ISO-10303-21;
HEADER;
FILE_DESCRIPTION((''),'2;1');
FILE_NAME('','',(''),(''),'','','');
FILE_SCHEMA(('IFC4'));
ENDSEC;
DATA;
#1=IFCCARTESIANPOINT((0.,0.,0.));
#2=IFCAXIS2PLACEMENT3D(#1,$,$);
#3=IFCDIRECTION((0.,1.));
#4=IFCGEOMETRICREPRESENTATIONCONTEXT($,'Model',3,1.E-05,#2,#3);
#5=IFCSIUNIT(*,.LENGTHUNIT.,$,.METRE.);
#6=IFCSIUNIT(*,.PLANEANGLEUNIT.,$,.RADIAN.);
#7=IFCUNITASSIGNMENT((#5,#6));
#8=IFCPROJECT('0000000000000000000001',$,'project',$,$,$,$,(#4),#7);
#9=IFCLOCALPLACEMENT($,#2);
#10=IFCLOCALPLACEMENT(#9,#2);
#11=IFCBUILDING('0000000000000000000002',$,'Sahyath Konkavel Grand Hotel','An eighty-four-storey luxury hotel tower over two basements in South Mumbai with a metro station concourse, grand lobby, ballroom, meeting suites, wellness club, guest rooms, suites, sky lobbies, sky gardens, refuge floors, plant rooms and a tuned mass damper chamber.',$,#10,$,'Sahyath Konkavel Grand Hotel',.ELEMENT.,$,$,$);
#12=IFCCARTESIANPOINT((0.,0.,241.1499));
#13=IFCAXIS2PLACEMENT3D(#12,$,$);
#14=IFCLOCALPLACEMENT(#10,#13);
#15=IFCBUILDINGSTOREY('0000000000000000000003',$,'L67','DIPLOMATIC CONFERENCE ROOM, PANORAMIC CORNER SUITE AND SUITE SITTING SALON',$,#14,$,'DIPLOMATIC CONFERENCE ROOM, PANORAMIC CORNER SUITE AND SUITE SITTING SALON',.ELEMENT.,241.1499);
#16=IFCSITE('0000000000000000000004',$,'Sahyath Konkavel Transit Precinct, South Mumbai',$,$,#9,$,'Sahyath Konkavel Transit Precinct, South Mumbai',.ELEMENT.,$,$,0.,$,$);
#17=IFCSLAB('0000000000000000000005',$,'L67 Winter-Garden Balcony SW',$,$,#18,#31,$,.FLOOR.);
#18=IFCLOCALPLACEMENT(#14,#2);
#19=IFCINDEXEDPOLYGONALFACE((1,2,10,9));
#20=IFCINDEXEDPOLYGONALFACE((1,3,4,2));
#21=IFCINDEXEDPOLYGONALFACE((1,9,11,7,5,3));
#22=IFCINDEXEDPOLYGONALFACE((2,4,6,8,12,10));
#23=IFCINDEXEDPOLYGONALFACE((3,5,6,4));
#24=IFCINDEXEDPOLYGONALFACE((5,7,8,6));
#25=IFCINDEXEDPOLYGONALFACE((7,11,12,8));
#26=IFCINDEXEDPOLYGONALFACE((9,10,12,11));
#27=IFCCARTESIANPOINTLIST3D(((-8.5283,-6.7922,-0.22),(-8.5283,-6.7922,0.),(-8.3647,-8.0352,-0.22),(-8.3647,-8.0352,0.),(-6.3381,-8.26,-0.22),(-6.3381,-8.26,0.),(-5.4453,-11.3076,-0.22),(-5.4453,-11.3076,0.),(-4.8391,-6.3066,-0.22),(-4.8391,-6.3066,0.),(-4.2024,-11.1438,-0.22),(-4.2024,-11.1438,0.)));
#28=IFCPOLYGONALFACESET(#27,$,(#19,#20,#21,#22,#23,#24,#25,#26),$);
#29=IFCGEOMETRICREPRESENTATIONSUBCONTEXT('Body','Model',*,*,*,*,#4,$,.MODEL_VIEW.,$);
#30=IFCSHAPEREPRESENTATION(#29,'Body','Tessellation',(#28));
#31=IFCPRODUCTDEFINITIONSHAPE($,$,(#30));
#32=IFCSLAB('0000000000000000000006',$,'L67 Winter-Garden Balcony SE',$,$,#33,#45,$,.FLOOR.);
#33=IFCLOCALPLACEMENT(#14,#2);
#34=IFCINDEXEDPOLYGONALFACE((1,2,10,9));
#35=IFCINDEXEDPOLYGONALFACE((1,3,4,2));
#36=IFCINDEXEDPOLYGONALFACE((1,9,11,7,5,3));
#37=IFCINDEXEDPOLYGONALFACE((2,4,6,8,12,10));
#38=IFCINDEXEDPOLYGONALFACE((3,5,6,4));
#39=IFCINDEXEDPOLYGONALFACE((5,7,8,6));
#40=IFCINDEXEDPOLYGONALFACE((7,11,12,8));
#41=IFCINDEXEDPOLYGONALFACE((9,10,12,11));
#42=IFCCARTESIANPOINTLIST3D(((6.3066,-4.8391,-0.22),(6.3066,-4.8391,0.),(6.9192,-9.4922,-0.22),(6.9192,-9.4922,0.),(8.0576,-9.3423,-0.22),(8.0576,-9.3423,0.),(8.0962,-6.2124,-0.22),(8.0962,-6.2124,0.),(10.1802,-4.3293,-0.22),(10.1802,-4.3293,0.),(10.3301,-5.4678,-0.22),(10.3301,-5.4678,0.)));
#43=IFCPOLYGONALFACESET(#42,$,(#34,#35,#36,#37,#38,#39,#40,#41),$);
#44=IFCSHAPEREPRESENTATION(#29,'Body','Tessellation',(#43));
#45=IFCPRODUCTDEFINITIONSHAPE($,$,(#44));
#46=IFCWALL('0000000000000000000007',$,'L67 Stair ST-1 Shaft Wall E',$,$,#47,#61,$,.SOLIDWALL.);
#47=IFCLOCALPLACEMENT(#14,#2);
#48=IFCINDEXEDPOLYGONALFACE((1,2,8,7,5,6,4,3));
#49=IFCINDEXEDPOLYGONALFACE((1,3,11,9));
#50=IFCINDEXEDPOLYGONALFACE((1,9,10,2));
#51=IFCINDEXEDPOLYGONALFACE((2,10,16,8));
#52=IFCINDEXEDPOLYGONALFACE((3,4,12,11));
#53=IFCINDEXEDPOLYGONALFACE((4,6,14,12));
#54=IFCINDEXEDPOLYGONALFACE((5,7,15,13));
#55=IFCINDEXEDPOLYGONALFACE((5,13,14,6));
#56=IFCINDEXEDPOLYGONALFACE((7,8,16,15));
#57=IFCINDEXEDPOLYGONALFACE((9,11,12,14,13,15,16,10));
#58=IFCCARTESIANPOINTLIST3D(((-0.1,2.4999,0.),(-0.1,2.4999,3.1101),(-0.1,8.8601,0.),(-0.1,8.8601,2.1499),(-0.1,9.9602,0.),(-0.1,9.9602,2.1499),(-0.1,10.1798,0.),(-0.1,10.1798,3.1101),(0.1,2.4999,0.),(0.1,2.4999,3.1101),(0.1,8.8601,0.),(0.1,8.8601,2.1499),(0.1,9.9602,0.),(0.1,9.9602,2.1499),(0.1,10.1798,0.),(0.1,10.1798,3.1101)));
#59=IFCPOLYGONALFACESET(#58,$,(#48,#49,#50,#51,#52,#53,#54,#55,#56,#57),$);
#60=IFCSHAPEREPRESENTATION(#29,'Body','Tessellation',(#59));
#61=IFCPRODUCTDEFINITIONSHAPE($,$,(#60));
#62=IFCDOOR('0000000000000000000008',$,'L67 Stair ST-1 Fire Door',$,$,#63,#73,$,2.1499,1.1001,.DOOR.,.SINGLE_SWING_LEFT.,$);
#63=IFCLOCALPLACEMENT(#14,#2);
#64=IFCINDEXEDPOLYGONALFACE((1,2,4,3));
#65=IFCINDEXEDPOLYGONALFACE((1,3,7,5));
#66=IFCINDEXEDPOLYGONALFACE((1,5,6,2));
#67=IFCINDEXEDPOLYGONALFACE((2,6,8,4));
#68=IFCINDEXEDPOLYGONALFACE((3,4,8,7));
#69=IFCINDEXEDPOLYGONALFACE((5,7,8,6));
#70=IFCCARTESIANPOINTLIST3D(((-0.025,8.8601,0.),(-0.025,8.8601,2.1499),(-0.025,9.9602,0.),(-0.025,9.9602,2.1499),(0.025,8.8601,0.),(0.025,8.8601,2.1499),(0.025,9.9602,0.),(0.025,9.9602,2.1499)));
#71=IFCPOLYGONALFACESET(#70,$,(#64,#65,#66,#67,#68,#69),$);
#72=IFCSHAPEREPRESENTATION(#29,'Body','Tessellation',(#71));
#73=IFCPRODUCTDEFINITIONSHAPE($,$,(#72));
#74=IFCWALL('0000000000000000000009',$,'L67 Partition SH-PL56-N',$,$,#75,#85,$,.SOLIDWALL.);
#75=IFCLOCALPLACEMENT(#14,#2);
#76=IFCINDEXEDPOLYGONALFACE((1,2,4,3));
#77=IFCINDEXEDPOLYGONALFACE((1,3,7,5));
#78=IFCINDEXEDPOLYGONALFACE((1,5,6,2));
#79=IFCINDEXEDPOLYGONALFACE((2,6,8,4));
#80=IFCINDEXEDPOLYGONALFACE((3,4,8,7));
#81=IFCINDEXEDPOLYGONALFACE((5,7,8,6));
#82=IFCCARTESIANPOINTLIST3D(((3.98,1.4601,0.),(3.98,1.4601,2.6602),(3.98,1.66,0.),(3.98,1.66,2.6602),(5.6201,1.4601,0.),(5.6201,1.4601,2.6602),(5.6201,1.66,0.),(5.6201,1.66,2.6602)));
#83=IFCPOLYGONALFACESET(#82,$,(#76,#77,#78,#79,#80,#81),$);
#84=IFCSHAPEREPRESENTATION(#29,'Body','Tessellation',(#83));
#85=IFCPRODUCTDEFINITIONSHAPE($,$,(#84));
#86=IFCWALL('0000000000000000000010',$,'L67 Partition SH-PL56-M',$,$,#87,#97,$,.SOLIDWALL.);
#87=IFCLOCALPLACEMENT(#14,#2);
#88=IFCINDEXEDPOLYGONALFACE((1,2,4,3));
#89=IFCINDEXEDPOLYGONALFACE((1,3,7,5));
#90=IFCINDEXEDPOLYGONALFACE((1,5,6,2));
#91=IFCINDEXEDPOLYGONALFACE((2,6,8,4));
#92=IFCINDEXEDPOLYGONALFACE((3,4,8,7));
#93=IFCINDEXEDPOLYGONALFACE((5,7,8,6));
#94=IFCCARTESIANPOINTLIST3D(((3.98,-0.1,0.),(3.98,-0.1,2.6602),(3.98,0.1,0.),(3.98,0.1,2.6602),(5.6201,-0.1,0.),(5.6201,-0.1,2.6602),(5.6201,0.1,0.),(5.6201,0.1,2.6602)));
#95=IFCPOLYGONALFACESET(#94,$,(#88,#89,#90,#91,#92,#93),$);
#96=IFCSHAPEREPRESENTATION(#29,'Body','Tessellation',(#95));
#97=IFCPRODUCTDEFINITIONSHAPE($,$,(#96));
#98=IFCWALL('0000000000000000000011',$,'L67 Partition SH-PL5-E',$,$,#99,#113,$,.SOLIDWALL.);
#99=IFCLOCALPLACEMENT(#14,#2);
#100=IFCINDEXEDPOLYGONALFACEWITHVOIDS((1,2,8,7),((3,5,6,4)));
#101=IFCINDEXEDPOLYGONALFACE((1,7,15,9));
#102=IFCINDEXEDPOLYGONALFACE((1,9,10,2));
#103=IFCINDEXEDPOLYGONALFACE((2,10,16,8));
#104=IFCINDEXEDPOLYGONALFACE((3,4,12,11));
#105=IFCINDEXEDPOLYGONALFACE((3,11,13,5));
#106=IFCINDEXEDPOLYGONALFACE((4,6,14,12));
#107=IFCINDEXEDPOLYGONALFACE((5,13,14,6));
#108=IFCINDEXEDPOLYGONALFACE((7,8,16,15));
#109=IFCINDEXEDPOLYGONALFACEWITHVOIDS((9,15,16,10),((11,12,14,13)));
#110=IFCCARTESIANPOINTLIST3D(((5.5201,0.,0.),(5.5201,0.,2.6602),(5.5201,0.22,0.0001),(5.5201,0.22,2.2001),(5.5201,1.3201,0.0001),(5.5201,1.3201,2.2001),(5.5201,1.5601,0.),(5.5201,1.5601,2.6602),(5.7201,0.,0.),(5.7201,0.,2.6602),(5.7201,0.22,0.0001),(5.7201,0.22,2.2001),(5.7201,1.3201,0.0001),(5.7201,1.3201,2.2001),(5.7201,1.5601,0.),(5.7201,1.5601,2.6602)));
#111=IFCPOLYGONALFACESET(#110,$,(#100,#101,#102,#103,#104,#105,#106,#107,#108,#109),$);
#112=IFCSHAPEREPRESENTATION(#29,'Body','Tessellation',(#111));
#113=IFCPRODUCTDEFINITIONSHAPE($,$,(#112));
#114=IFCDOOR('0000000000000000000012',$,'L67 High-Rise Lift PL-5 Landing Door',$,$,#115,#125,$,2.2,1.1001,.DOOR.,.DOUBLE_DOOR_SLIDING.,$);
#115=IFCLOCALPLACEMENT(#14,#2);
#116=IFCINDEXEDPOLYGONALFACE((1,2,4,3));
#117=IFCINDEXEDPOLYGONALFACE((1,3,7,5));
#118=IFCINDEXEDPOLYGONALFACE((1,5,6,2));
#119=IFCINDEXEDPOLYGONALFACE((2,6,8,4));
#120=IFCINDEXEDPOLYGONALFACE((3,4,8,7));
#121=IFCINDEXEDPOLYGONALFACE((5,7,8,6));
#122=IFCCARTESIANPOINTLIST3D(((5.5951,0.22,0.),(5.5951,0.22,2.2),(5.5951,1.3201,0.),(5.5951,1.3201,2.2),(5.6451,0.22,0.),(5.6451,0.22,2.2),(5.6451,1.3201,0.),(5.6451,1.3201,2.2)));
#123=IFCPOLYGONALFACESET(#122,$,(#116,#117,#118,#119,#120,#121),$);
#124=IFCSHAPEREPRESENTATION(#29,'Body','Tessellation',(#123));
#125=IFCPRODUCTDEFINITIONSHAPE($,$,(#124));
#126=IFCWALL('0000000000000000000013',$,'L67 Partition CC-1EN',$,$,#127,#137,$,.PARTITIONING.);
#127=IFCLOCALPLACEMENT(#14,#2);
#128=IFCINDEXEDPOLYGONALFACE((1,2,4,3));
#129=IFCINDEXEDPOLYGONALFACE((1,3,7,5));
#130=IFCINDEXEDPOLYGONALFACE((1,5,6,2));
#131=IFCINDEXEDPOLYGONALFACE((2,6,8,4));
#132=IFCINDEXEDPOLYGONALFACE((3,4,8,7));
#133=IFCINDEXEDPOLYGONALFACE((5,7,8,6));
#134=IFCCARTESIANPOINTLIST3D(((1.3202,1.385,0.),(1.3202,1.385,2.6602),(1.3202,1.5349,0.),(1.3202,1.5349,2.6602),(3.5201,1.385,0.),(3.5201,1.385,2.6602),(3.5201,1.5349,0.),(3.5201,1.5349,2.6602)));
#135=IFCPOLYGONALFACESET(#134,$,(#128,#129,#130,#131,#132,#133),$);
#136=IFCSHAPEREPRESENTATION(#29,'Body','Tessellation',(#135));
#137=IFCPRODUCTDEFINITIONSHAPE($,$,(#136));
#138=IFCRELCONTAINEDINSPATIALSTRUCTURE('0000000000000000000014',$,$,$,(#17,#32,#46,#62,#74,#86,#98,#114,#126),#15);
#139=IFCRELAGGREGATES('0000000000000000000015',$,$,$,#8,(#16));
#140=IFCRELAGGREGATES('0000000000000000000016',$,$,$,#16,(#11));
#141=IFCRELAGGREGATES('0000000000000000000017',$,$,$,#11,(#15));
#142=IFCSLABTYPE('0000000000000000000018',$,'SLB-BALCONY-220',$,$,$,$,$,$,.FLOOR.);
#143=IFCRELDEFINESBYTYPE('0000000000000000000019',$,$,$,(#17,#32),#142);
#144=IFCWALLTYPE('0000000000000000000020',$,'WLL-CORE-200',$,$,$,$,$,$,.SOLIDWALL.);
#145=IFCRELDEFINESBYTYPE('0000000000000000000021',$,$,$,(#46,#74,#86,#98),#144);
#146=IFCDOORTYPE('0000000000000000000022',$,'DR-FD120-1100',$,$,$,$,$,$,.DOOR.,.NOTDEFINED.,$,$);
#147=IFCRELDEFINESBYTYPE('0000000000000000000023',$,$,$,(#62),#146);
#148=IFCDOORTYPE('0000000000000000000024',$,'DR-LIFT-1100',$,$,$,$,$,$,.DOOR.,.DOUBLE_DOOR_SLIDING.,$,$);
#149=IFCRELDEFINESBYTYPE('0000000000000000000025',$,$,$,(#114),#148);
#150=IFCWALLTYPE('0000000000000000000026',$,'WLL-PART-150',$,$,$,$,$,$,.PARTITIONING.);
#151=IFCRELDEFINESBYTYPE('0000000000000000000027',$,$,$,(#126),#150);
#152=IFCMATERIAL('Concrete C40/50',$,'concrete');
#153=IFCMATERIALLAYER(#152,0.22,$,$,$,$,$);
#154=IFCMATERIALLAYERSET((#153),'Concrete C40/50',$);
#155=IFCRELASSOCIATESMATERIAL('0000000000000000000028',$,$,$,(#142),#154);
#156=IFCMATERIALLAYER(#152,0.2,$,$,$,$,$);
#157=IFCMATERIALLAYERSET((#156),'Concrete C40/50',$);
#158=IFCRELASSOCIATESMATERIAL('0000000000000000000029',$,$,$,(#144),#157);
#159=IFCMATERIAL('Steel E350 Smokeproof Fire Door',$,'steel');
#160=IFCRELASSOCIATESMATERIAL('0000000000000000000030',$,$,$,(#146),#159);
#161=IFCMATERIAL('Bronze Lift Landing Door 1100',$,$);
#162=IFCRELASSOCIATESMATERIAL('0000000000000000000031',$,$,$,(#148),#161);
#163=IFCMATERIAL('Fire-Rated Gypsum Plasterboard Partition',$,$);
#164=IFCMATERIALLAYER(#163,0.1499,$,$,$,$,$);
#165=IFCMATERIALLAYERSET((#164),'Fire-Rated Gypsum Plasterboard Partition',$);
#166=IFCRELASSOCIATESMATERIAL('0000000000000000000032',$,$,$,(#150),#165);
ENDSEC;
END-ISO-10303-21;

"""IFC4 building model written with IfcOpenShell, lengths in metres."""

from ifc_helpers import new_model, si_unit, direction, frame, frame_2d, origin, origin_2d, place, context, subcontext, project, spatial, polyline, rectangle, outline, extrude, source, transform, mapped, material, layer, layer_set, type_object, element, fill, save


model = new_model("IFC4")

# Units and contexts
model_context = context("Model", 3, precision=1e-05, world=origin(), true_north=direction((0.0, 1.0)))
body_context = subcontext(model_context, "Body", "Model", "MODEL_VIEW")
ifc_project = project(units=[si_unit("LENGTHUNIT", "METRE"), si_unit("PLANEANGLEUNIT", "RADIAN")], contexts=[model_context])

# Site, building, storey
site_placement = place(None, origin())
site = spatial("IfcSite", under=ifc_project, at=site_placement, Name="Sahyath Konkavel Transit Precinct, South Mumbai", LongName="Sahyath Konkavel Transit Precinct, South Mumbai", CompositionType="ELEMENT", RefElevation=0.0)
building_placement = place(site_placement, origin())
building = spatial("IfcBuilding", under=site, at=building_placement, Name="Sahyath Konkavel Grand Hotel", Description="An eighty-four-storey luxury hotel tower over two basements in South Mumbai with a metro station concourse, grand lobby, ballroom, meeting suites, wellness club, guest rooms, suites, sky lobbies, sky gardens, refuge floors, plant rooms and a tuned mass damper chamber.", LongName="Sahyath Konkavel Grand Hotel", CompositionType="ELEMENT")
storey_placement = place(building_placement, frame((0.0, 0.0, 241.1499)))
storey = spatial("IfcBuildingStorey", under=building, at=storey_placement, Name="L67", Description="DIPLOMATIC CONFERENCE ROOM, PANORAMIC CORNER SUITE AND SUITE SITTING SALON", LongName="DIPLOMATIC CONFERENCE ROOM, PANORAMIC CORNER SUITE AND SUITE SITTING SALON", CompositionType="ELEMENT", Elevation=241.1499)

# Shared definitions
ifc_material_1 = material(Name="Concrete C40/50", Category="concrete")

# Slabs
ifc_layer_1 = layer(ifc_material_1, 0.22)
ifc_layer_set_1 = layer_set([ifc_layer_1], Name="Concrete C40/50")
slab_type = type_object("IfcSlabType", Name="SLB-BALCONY-220", PredefinedType="FLOOR", material=ifc_layer_set_1)
slab_1_placement = place(storey_placement, frame((0.0, 0.0, -0.22)))
element("IfcSlab", 1, at=slab_1_placement, inside=storey, type_object=slab_type, Name="L67 Winter-Garden Balcony SW", PredefinedType="FLOOR", context=body_context, shape_type="SweptSolid", body=[
    extrude(outline(polyline([(-4.8391, -6.3066), (-8.5283, -6.7922), (-8.3647, -8.0352), (-6.3381, -8.26), (-5.4453, -11.3076), (-4.2024, -11.1438), (-4.8391, -6.3066)])), origin(), (0.0, 0.0, 1.0), 0.22),
])
slab_2_placement = place(storey_placement, frame((0.0, 0.0, -0.22)))
element("IfcSlab", 2, at=slab_2_placement, inside=storey, type_object=slab_type, Name="L67 Winter-Garden Balcony SE", PredefinedType="FLOOR", context=body_context, shape_type="SweptSolid", body=[
    extrude(outline(polyline([(6.3066, -4.8391), (6.9192, -9.4922), (8.0576, -9.3423), (8.0962, -6.2124), (10.3301, -5.4678), (10.1802, -4.3293), (6.3066, -4.8391)])), origin(), (0.0, 0.0, 1.0), 0.22),
])

# Wall, opening, door
ifc_layer_2 = layer(ifc_material_1, 0.2)
ifc_layer_set_2 = layer_set([ifc_layer_2], Name="Concrete C40/50")
wall_type_1 = type_object("IfcWallType", Name="WLL-CORE-200", PredefinedType="SOLIDWALL", material=ifc_layer_set_2)
wall_1_placement = place(storey_placement, frame((0.0, 2.5, 0.0), z_axis=(0.0, 0.0, 1.0), x_axis=(0.0, 1.0, 0.0)))
wall_1 = element("IfcWall", 3, at=wall_1_placement, inside=storey, type_object=wall_type_1, Name="L67 Stair ST-1 Shaft Wall E", PredefinedType="SOLIDWALL", context=body_context, shape_type="SweptSolid", body=[
    extrude(rectangle(XDim=7.6799, YDim=0.2, at=frame_2d((3.8398, 0.0))), origin(), (0.0, 0.0, 1.0), 3.1101),
])
opening_1_placement = place(wall_1_placement, frame((6.3601, 0.0, 0.0)))
opening_1 = element("IfcOpeningElement", 4, at=opening_1_placement, cuts=wall_1, PredefinedType="OPENING", context=body_context, shape_type="SweptSolid", body=[
    extrude(rectangle(XDim=1.1001, YDim=2.1499, at=frame_2d((0.55, 1.075))), frame((0.0, 0.1099, 0.0), z_axis=(0.0, -1.0, 0.0), x_axis=(1.0, 0.0, 0.0)), (0.0, 0.0, 1.0), 0.22),
])
ifc_material_2 = material(Name="Steel E350 Smokeproof Fire Door", Category="steel")
door_type_1 = type_object("IfcDoorType", Name="DR-FD120-1100", OperationType="NOTDEFINED", PredefinedType="DOOR", material=ifc_material_2)
shared_shape_1 = source(origin(), body_context, "Body", "SweptSolid", [
    extrude(rectangle(XDim=1.1001, YDim=0.05, at=origin_2d()), origin(), (0.0, 0.0, 1.0), 2.1499),
])
door_1_placement = place(opening_1_placement, frame((0.55, 0.0, 0.0)))
door_1 = element("IfcDoor", 5, at=door_1_placement, inside=storey, type_object=door_type_1, Name="L67 Stair ST-1 Fire Door", OperationType="SINGLE_SWING_LEFT", OverallHeight=2.1499, OverallWidth=1.1001, PredefinedType="DOOR", context=body_context, shape_type="MappedRepresentation", body=[
    mapped(shared_shape_1, transform((0.0, 0.0, 0.0), scale=1.0)),
])
fill(opening_1, door_1)

# Walls
for number, where, z_axis, x_axis, name in (
    (6, (3.98, 1.5601, 0.0), (0.0, 0.0, 1.0), (1.0, 0.0, 0.0), "L67 Partition SH-PL56-N"),
    (7, (3.98, 0.0, 0.0), (0.0, 0.0, 1.0), (1.0, 0.0, 0.0), "L67 Partition SH-PL56-M"),
):
    element("IfcWall", number, at=place(storey_placement, frame(where, z_axis=z_axis, x_axis=x_axis)), inside=storey, type_object=wall_type_1, Name=name, PredefinedType="SOLIDWALL", context=body_context, shape_type="SweptSolid", body=[
        extrude(rectangle(XDim=1.6401, YDim=0.2, at=frame_2d((0.8201, 0.0))), origin(), (0.0, 0.0, 1.0), 2.6602),
    ])

# Wall, opening, door
wall_2_placement = place(storey_placement, frame((5.6201, 0.0, 0.0), z_axis=(0.0, 0.0, 1.0), x_axis=(0.0, 1.0, 0.0)))
wall_2 = element("IfcWall", 8, at=wall_2_placement, inside=storey, type_object=wall_type_1, Name="L67 Partition SH-PL5-E", PredefinedType="SOLIDWALL", context=body_context, shape_type="SweptSolid", body=[
    extrude(rectangle(XDim=1.5601, YDim=0.2, at=frame_2d((0.78, 0.0))), origin(), (0.0, 0.0, 1.0), 2.6602),
])
opening_2_placement = place(wall_2_placement, frame((0.22, 0.0, 0.0)))
opening_2 = element("IfcOpeningElement", 9, at=opening_2_placement, cuts=wall_2, PredefinedType="OPENING", context=body_context, shape_type="SweptSolid", body=[
    extrude(rectangle(XDim=1.1001, YDim=2.2, at=frame_2d((0.55, 1.1001))), frame((0.0, 0.1099, 0.0), z_axis=(0.0, -1.0, 0.0), x_axis=(1.0, 0.0, 0.0)), (0.0, 0.0, 1.0), 0.22),
])
ifc_material_3 = material(Name="Bronze Lift Landing Door 1100")
door_type_2 = type_object("IfcDoorType", Name="DR-LIFT-1100", OperationType="DOUBLE_DOOR_SLIDING", PredefinedType="DOOR", material=ifc_material_3)
shared_shape_2 = source(origin(), body_context, "Body", "SweptSolid", [
    extrude(rectangle(XDim=1.1001, YDim=0.05, at=origin_2d()), origin(), (0.0, 0.0, 1.0), 2.2),
])
door_2_placement = place(opening_2_placement, frame((0.55, 0.0, 0.0)))
door_2 = element("IfcDoor", 10, at=door_2_placement, inside=storey, type_object=door_type_2, Name="L67 High-Rise Lift PL-5 Landing Door", OperationType="DOUBLE_DOOR_SLIDING", OverallHeight=2.2, OverallWidth=1.1001, PredefinedType="DOOR", context=body_context, shape_type="MappedRepresentation", body=[
    mapped(shared_shape_2, transform((0.0, 0.0, 0.0), scale=1.0)),
])
fill(opening_2, door_2)

# Wall
ifc_material_4 = material(Name="Fire-Rated Gypsum Plasterboard Partition")
ifc_layer_3 = layer(ifc_material_4, 0.1499)
ifc_layer_set_3 = layer_set([ifc_layer_3], Name="Fire-Rated Gypsum Plasterboard Partition")
wall_type_2 = type_object("IfcWallType", Name="WLL-PART-150", PredefinedType="PARTITIONING", material=ifc_layer_set_3)
wall_3_placement = place(storey_placement, frame((1.3201, 1.46, 0.0), z_axis=(0.0, 0.0, 1.0), x_axis=(1.0, 0.0, 0.0)))
element("IfcWall", 11, at=wall_3_placement, inside=storey, type_object=wall_type_2, Name="L67 Partition CC-1EN", PredefinedType="PARTITIONING", context=body_context, shape_type="SweptSolid", body=[
    extrude(rectangle(XDim=2.2, YDim=0.1499, at=frame_2d((1.1001, 0.0))), origin(), (0.0, 0.0, 1.0), 2.6602),
])

save(model, "model.ifc")
